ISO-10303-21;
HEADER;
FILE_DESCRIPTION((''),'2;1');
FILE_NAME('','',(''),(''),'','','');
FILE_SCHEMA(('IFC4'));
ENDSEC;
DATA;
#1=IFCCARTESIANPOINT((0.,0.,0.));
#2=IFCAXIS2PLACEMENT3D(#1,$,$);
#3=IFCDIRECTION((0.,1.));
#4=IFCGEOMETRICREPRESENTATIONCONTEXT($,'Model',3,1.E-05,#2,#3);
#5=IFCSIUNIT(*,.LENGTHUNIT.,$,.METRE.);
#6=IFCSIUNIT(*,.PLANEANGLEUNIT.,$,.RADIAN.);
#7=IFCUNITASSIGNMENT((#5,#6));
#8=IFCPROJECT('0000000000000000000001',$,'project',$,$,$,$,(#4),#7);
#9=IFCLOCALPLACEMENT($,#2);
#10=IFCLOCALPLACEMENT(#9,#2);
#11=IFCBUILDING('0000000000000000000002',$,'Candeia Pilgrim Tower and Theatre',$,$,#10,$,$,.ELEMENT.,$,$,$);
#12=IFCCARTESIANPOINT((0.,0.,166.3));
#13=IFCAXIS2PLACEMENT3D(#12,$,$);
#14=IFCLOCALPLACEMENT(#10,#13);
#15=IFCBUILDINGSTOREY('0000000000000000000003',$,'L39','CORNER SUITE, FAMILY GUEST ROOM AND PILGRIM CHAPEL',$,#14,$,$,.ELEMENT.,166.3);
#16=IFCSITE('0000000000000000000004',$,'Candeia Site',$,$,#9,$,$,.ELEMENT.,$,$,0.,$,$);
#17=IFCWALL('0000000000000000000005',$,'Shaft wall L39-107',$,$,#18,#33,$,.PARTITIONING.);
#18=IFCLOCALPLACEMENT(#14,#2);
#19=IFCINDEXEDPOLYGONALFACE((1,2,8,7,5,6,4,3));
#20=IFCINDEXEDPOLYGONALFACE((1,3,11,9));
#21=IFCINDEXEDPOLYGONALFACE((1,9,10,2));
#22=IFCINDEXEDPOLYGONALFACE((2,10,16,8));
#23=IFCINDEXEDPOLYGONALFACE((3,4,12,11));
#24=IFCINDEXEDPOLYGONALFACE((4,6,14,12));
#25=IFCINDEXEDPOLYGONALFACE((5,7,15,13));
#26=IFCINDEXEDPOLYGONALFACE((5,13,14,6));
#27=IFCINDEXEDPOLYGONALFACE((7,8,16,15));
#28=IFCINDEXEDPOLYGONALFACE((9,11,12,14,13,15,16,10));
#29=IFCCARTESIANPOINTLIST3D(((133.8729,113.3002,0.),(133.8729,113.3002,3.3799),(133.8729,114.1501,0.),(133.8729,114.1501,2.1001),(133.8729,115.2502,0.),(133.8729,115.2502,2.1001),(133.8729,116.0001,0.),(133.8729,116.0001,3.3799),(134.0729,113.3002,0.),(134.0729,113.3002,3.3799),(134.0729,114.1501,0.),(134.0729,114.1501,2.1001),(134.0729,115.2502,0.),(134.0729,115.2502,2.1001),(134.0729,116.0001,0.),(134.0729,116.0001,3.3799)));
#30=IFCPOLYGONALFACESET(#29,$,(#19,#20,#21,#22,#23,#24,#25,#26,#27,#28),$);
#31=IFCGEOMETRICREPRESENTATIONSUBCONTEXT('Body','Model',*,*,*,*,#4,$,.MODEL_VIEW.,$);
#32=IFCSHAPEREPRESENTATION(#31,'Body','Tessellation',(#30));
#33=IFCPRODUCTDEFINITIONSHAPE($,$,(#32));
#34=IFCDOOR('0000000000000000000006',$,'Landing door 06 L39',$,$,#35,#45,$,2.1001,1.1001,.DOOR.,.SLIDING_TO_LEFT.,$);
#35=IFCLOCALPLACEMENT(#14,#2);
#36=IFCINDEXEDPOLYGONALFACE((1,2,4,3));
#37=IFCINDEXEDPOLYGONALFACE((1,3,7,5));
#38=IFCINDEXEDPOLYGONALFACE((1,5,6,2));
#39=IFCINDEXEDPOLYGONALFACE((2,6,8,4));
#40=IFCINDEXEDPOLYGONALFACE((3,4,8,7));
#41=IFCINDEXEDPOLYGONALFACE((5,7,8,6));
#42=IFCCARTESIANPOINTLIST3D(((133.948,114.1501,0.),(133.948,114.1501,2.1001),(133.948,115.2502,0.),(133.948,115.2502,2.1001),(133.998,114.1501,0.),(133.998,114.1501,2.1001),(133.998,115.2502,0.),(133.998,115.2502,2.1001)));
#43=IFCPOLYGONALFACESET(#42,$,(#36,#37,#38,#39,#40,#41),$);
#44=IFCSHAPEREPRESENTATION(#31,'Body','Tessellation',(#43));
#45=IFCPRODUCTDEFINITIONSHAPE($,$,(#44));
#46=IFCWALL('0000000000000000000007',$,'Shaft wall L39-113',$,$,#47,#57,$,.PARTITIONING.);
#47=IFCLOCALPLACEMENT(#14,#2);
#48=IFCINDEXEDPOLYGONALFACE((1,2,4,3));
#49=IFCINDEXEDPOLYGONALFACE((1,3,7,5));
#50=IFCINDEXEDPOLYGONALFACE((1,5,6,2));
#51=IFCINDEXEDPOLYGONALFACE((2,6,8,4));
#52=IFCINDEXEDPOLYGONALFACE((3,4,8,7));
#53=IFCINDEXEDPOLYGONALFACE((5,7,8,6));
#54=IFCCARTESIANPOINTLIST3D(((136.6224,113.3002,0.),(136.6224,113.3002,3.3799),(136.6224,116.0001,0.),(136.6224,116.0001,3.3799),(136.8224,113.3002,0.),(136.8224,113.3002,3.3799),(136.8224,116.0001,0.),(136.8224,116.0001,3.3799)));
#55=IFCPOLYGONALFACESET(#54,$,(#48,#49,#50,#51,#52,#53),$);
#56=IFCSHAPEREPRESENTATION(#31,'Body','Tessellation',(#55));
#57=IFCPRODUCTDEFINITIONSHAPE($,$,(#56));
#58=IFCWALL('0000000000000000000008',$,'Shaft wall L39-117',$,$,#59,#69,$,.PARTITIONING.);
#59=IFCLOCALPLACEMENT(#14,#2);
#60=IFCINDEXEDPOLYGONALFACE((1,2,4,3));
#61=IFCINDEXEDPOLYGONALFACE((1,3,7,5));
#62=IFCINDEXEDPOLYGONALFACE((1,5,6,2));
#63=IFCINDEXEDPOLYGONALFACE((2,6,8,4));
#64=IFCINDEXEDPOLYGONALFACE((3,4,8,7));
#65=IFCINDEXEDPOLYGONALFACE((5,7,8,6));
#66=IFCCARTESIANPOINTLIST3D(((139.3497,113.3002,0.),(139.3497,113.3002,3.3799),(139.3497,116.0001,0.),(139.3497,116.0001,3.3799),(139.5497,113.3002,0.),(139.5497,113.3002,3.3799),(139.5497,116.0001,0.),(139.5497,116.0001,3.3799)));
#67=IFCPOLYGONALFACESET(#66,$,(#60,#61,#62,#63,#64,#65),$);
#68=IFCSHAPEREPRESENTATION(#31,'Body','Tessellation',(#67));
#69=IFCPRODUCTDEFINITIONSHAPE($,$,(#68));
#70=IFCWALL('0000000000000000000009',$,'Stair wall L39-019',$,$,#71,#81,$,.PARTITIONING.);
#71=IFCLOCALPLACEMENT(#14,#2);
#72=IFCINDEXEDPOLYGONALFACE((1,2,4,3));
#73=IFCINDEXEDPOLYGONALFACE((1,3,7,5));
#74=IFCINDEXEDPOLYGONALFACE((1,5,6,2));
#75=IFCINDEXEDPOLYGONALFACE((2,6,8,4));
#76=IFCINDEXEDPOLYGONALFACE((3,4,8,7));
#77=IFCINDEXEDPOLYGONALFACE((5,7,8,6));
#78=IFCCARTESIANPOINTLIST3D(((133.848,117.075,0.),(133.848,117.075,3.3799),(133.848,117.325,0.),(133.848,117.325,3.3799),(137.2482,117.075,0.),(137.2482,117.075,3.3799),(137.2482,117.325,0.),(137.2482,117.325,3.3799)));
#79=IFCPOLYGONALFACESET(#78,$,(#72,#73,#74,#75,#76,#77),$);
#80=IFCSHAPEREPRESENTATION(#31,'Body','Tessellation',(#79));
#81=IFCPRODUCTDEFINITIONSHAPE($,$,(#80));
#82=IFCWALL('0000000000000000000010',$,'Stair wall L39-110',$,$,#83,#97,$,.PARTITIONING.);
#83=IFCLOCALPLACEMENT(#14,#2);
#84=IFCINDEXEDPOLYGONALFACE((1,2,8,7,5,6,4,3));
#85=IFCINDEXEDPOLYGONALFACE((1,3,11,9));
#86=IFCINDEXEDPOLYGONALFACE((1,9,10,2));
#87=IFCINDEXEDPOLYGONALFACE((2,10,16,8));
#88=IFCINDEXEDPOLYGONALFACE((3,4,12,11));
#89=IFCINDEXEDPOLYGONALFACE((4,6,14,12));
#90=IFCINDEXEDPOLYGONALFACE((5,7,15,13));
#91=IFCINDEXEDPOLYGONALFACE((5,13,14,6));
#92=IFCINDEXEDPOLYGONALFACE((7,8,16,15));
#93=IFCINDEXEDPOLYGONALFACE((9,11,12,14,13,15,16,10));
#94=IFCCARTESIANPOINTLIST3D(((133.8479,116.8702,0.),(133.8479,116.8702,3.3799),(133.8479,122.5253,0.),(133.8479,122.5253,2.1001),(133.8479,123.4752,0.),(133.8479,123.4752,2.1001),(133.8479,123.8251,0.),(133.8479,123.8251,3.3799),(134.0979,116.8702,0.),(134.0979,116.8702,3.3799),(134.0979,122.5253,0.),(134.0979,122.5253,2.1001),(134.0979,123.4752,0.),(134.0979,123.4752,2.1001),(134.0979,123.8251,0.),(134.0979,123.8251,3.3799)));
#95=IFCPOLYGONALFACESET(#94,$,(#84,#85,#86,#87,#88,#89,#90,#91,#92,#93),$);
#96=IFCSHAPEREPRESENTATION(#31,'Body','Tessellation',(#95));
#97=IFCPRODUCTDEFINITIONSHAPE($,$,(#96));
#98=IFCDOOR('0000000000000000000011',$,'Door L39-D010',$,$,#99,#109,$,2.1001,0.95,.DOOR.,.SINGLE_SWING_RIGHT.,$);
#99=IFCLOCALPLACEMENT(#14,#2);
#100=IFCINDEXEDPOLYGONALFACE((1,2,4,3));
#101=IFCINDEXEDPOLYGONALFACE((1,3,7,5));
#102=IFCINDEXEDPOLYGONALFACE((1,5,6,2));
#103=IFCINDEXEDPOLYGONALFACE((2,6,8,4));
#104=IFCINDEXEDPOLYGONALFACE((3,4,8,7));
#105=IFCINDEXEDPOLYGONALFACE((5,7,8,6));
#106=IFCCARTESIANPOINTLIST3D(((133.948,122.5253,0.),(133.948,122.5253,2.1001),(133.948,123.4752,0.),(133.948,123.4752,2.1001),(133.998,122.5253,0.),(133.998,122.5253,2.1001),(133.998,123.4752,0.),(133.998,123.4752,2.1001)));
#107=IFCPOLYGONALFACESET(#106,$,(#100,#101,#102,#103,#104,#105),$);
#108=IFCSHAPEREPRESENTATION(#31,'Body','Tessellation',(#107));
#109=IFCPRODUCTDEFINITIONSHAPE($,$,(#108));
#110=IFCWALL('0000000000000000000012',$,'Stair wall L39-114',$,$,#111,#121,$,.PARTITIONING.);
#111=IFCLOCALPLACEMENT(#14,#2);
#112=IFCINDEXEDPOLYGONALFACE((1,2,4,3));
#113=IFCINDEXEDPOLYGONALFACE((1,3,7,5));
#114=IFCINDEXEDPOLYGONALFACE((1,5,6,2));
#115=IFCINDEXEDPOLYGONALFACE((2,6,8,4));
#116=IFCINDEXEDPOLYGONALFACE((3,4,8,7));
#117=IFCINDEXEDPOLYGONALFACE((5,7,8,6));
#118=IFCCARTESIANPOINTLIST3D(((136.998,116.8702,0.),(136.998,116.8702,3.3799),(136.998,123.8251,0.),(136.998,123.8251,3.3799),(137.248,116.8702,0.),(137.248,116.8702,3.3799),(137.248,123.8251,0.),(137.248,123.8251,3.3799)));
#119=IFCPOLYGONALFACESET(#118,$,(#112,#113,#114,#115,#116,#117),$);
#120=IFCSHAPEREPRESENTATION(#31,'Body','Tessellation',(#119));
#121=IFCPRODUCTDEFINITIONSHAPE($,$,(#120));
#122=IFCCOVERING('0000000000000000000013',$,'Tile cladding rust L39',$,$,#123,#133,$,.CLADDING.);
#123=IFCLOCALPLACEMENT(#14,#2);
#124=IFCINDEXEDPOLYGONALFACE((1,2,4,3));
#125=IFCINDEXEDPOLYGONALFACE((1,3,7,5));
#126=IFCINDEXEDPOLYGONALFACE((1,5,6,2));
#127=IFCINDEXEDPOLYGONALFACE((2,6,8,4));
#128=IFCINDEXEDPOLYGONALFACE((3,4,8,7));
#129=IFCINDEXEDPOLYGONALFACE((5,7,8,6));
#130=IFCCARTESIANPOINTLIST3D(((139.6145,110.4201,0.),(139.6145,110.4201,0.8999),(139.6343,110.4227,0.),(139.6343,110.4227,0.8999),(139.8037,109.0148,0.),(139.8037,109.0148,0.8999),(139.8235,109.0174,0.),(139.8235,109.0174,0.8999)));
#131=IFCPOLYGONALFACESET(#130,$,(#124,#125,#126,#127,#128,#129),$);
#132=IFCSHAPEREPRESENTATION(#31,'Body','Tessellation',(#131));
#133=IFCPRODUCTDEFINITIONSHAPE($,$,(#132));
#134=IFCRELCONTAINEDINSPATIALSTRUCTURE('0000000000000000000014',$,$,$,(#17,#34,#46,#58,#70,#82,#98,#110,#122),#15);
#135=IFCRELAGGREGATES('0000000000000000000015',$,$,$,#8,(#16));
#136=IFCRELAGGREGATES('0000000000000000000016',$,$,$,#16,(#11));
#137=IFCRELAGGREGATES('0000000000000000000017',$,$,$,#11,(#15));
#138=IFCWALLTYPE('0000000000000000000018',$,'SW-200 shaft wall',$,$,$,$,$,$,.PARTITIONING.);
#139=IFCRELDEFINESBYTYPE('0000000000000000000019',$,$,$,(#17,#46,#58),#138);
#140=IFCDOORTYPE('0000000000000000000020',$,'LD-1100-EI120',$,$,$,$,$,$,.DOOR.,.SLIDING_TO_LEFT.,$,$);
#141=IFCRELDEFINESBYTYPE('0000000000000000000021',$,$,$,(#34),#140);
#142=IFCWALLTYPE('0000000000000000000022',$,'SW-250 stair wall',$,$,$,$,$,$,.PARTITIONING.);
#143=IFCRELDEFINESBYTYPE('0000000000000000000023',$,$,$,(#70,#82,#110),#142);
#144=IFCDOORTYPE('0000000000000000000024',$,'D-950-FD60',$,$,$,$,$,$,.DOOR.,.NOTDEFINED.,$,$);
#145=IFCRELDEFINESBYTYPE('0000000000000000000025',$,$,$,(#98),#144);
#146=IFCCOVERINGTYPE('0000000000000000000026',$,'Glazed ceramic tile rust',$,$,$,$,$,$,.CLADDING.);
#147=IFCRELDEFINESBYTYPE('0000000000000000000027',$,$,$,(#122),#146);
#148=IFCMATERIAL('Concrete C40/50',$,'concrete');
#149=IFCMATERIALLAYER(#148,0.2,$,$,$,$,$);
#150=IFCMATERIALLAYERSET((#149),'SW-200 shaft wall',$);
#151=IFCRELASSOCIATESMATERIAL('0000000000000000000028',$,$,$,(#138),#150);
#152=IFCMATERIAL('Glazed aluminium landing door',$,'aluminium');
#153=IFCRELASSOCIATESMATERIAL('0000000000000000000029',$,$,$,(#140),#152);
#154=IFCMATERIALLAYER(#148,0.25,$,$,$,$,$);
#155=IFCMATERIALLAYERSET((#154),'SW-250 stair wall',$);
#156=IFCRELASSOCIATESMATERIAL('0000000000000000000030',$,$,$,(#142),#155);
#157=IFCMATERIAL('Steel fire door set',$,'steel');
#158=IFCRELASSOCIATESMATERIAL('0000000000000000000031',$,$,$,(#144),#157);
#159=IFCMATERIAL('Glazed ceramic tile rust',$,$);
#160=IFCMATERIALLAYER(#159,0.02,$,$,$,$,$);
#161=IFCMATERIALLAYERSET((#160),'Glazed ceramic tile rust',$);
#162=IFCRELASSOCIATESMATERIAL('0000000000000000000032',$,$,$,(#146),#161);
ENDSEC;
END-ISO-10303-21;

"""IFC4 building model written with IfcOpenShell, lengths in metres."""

from ifc_helpers import new_model, si_unit, direction, frame, frame_2d, origin, origin_2d, place, context, subcontext, project, spatial, rectangle, extrude, material, layer, layer_set, type_object, element, fill, save


model = new_model("IFC4")

# Units and contexts
model_context = context("Model", 3, precision=1e-05, world=origin(), true_north=direction((0.0, 1.0)))
body_context = subcontext(model_context, "Body", "Model", "MODEL_VIEW")
ifc_project = project(units=[si_unit("LENGTHUNIT", "METRE"), si_unit("PLANEANGLEUNIT", "RADIAN")], contexts=[model_context])

# Site, building, storey
site_placement = place(None, origin())
site = spatial("IfcSite", under=ifc_project, at=site_placement, Name="Candeia Site", CompositionType="ELEMENT", RefElevation=0.0)
building_placement = place(site_placement, origin())
building = spatial("IfcBuilding", under=site, at=building_placement, Name="Candeia Pilgrim Tower and Theatre", CompositionType="ELEMENT")
storey_placement = place(building_placement, frame((0.0, 0.0, 166.3)))
storey = spatial("IfcBuildingStorey", under=building, at=storey_placement, Name="L39", Description="CORNER SUITE, FAMILY GUEST ROOM AND PILGRIM CHAPEL", CompositionType="ELEMENT", Elevation=166.3)

# Shared definitions
ifc_material_1 = material(Name="Steel fire door set", Category="steel")

# Wall, opening, door
ifc_material_2 = material(Name="Concrete C40/50", Category="concrete")
ifc_layer_1 = layer(ifc_material_2, 0.2)
ifc_layer_set_1 = layer_set([ifc_layer_1], Name="SW-200 shaft wall")
wall_type_1 = type_object("IfcWallType", Name="SW-200 shaft wall", PredefinedType="PARTITIONING", material=ifc_layer_set_1)
wall_1_placement = place(storey_placement, frame((133.9729, 113.3, 0.0), z_axis=(0.0, 0.0, 1.0), x_axis=(0.0, 1.0, 0.0)))
wall_1 = element("IfcWall", 1, at=wall_1_placement, inside=storey, type_object=wall_type_1, Name="Shaft wall L39-107", PredefinedType="PARTITIONING", context=body_context, shape_type="SweptSolid", body=[
    extrude(rectangle(XDim=2.7, YDim=0.2, at=frame_2d((1.3501, 0.0))), origin(), (0.0, 0.0, 1.0), 3.3799),
])
opening_1_placement = place(wall_1_placement, frame((0.8501, 0.0, 0.0)))
opening_1 = element("IfcOpeningElement", 2, at=opening_1_placement, cuts=wall_1, PredefinedType="OPENING", context=body_context, shape_type="SweptSolid", body=[
    extrude(rectangle(XDim=1.1001, YDim=2.1001, at=frame_2d((0.55, 1.05))), frame((0.0, 0.1099, 0.0), z_axis=(0.0, -1.0, 0.0), x_axis=(1.0, 0.0, 0.0)), (0.0, 0.0, 1.0), 0.22),
])
ifc_material_3 = material(Name="Glazed aluminium landing door", Category="aluminium")
door_type_1 = type_object("IfcDoorType", Name="LD-1100-EI120", OperationType="SLIDING_TO_LEFT", PredefinedType="DOOR", material=ifc_material_3)
door_1_placement = place(opening_1_placement, origin())
door_1 = element("IfcDoor", 3, at=door_1_placement, inside=storey, type_object=door_type_1, Name="Landing door 06 L39", OperationType="SLIDING_TO_LEFT", OverallHeight=2.1001, OverallWidth=1.1001, PredefinedType="DOOR", context=body_context, shape_type="SweptSolid", body=[
    extrude(rectangle(XDim=1.1001, YDim=2.1001, at=frame_2d((0.55, 1.05))), frame((0.0, 0.0249, 0.0), z_axis=(0.0, -1.0, 0.0), x_axis=(1.0, 0.0, 0.0)), (0.0, 0.0, 1.0), 0.05),
])
fill(opening_1, door_1)

# Walls
for number, where, z_axis, x_axis, name in (
    (4, (136.7224, 113.3, 0.0), (0.0, 0.0, 1.0), (0.0, 1.0, 0.0), "Shaft wall L39-113"),
    (5, (139.4497, 113.3, 0.0), (0.0, 0.0, 1.0), (0.0, 1.0, 0.0), "Shaft wall L39-117"),
):
    element("IfcWall", number, at=place(storey_placement, frame(where, z_axis=z_axis, x_axis=x_axis)), inside=storey, type_object=wall_type_1, Name=name, PredefinedType="PARTITIONING", context=body_context, shape_type="SweptSolid", body=[
        extrude(rectangle(XDim=2.7, YDim=0.2, at=frame_2d((1.3501, 0.0))), origin(), (0.0, 0.0, 1.0), 3.3799),
    ])
ifc_layer_2 = layer(ifc_material_2, 0.25)
ifc_layer_set_2 = layer_set([ifc_layer_2], Name="SW-250 stair wall")
wall_type_2 = type_object("IfcWallType", Name="SW-250 stair wall", PredefinedType="PARTITIONING", material=ifc_layer_set_2)
wall_2_placement = place(storey_placement, frame((133.8479, 117.2, 0.0), z_axis=(0.0, 0.0, 1.0), x_axis=(1.0, 0.0, 0.0)))
element("IfcWall", 6, at=wall_2_placement, inside=storey, type_object=wall_type_2, Name="Stair wall L39-019", PredefinedType="PARTITIONING", context=body_context, shape_type="SweptSolid", body=[
    extrude(rectangle(XDim=3.4001, YDim=0.25, at=frame_2d((1.7002, 0.0))), origin(), (0.0, 0.0, 1.0), 3.3799),
])

# Wall, opening, door
wall_3_placement = place(storey_placement, frame((133.9729, 116.8701, 0.0), z_axis=(0.0, 0.0, 1.0), x_axis=(0.0, 1.0, 0.0)))
wall_3 = element("IfcWall", 7, at=wall_3_placement, inside=storey, type_object=wall_type_2, Name="Stair wall L39-110", PredefinedType="PARTITIONING", context=body_context, shape_type="SweptSolid", body=[
    extrude(rectangle(XDim=6.9548, YDim=0.25, at=frame_2d((3.4775, 0.0))), origin(), (0.0, 0.0, 1.0), 3.3799),
])
opening_2_placement = place(wall_3_placement, frame((5.655, 0.0, 0.0)))
opening_2 = element("IfcOpeningElement", 8, at=opening_2_placement, cuts=wall_3, PredefinedType="OPENING", context=body_context, shape_type="SweptSolid", body=[
    extrude(rectangle(XDim=0.95, YDim=2.1001, at=frame_2d((0.4751, 1.05))), frame((0.0, 0.135, 0.0), z_axis=(0.0, -1.0, 0.0), x_axis=(1.0, 0.0, 0.0)), (0.0, 0.0, 1.0), 0.27),
])
door_type_2 = type_object("IfcDoorType", Name="D-950-FD60", OperationType="NOTDEFINED", PredefinedType="DOOR", material=ifc_material_1)
door_2_placement = place(opening_2_placement, origin())
door_2 = element("IfcDoor", 9, at=door_2_placement, inside=storey, type_object=door_type_2, Name="Door L39-D010", OperationType="SINGLE_SWING_RIGHT", OverallHeight=2.1001, OverallWidth=0.95, PredefinedType="DOOR", context=body_context, shape_type="SweptSolid", body=[
    extrude(rectangle(XDim=0.95, YDim=2.1001, at=frame_2d((0.4751, 1.05))), frame((0.0, 0.0249, 0.0), z_axis=(0.0, -1.0, 0.0), x_axis=(1.0, 0.0, 0.0)), (0.0, 0.0, 1.0), 0.05),
])
fill(opening_2, door_2)

# Wall
wall_4_placement = place(storey_placement, frame((137.123, 116.8701, 0.0), z_axis=(0.0, 0.0, 1.0), x_axis=(0.0, 1.0, 0.0)))
element("IfcWall", 10, at=wall_4_placement, inside=storey, type_object=wall_type_2, Name="Stair wall L39-114", PredefinedType="PARTITIONING", context=body_context, shape_type="SweptSolid", body=[
    extrude(rectangle(XDim=6.9548, YDim=0.25, at=frame_2d((3.4775, 0.0))), origin(), (0.0, 0.0, 1.0), 3.3799),
])

# Covering
ifc_material_4 = material(Name="Glazed ceramic tile rust")
ifc_layer_3 = layer(ifc_material_4, 0.02)
ifc_layer_set_3 = layer_set([ifc_layer_3], Name="Glazed ceramic tile rust")
covering_type = type_object("IfcCoveringType", Name="Glazed ceramic tile rust", PredefinedType="CLADDING", material=ifc_layer_set_3)
covering_placement = place(storey_placement, frame((139.719, 109.7188, 0.0), z_axis=(0.0, 0.0, 1.0), x_axis=(-0.133412, 0.991061, 0.0)))
element("IfcCovering", 11, at=covering_placement, inside=storey, type_object=covering_type, Name="Tile cladding rust L39", PredefinedType="CLADDING", context=body_context, shape_type="SweptSolid", body=[
    extrude(rectangle(XDim=1.418, YDim=0.02, at=origin_2d()), origin(), (0.0, 0.0, 1.0), 0.8999),
])

save(model, "model.ifc")
